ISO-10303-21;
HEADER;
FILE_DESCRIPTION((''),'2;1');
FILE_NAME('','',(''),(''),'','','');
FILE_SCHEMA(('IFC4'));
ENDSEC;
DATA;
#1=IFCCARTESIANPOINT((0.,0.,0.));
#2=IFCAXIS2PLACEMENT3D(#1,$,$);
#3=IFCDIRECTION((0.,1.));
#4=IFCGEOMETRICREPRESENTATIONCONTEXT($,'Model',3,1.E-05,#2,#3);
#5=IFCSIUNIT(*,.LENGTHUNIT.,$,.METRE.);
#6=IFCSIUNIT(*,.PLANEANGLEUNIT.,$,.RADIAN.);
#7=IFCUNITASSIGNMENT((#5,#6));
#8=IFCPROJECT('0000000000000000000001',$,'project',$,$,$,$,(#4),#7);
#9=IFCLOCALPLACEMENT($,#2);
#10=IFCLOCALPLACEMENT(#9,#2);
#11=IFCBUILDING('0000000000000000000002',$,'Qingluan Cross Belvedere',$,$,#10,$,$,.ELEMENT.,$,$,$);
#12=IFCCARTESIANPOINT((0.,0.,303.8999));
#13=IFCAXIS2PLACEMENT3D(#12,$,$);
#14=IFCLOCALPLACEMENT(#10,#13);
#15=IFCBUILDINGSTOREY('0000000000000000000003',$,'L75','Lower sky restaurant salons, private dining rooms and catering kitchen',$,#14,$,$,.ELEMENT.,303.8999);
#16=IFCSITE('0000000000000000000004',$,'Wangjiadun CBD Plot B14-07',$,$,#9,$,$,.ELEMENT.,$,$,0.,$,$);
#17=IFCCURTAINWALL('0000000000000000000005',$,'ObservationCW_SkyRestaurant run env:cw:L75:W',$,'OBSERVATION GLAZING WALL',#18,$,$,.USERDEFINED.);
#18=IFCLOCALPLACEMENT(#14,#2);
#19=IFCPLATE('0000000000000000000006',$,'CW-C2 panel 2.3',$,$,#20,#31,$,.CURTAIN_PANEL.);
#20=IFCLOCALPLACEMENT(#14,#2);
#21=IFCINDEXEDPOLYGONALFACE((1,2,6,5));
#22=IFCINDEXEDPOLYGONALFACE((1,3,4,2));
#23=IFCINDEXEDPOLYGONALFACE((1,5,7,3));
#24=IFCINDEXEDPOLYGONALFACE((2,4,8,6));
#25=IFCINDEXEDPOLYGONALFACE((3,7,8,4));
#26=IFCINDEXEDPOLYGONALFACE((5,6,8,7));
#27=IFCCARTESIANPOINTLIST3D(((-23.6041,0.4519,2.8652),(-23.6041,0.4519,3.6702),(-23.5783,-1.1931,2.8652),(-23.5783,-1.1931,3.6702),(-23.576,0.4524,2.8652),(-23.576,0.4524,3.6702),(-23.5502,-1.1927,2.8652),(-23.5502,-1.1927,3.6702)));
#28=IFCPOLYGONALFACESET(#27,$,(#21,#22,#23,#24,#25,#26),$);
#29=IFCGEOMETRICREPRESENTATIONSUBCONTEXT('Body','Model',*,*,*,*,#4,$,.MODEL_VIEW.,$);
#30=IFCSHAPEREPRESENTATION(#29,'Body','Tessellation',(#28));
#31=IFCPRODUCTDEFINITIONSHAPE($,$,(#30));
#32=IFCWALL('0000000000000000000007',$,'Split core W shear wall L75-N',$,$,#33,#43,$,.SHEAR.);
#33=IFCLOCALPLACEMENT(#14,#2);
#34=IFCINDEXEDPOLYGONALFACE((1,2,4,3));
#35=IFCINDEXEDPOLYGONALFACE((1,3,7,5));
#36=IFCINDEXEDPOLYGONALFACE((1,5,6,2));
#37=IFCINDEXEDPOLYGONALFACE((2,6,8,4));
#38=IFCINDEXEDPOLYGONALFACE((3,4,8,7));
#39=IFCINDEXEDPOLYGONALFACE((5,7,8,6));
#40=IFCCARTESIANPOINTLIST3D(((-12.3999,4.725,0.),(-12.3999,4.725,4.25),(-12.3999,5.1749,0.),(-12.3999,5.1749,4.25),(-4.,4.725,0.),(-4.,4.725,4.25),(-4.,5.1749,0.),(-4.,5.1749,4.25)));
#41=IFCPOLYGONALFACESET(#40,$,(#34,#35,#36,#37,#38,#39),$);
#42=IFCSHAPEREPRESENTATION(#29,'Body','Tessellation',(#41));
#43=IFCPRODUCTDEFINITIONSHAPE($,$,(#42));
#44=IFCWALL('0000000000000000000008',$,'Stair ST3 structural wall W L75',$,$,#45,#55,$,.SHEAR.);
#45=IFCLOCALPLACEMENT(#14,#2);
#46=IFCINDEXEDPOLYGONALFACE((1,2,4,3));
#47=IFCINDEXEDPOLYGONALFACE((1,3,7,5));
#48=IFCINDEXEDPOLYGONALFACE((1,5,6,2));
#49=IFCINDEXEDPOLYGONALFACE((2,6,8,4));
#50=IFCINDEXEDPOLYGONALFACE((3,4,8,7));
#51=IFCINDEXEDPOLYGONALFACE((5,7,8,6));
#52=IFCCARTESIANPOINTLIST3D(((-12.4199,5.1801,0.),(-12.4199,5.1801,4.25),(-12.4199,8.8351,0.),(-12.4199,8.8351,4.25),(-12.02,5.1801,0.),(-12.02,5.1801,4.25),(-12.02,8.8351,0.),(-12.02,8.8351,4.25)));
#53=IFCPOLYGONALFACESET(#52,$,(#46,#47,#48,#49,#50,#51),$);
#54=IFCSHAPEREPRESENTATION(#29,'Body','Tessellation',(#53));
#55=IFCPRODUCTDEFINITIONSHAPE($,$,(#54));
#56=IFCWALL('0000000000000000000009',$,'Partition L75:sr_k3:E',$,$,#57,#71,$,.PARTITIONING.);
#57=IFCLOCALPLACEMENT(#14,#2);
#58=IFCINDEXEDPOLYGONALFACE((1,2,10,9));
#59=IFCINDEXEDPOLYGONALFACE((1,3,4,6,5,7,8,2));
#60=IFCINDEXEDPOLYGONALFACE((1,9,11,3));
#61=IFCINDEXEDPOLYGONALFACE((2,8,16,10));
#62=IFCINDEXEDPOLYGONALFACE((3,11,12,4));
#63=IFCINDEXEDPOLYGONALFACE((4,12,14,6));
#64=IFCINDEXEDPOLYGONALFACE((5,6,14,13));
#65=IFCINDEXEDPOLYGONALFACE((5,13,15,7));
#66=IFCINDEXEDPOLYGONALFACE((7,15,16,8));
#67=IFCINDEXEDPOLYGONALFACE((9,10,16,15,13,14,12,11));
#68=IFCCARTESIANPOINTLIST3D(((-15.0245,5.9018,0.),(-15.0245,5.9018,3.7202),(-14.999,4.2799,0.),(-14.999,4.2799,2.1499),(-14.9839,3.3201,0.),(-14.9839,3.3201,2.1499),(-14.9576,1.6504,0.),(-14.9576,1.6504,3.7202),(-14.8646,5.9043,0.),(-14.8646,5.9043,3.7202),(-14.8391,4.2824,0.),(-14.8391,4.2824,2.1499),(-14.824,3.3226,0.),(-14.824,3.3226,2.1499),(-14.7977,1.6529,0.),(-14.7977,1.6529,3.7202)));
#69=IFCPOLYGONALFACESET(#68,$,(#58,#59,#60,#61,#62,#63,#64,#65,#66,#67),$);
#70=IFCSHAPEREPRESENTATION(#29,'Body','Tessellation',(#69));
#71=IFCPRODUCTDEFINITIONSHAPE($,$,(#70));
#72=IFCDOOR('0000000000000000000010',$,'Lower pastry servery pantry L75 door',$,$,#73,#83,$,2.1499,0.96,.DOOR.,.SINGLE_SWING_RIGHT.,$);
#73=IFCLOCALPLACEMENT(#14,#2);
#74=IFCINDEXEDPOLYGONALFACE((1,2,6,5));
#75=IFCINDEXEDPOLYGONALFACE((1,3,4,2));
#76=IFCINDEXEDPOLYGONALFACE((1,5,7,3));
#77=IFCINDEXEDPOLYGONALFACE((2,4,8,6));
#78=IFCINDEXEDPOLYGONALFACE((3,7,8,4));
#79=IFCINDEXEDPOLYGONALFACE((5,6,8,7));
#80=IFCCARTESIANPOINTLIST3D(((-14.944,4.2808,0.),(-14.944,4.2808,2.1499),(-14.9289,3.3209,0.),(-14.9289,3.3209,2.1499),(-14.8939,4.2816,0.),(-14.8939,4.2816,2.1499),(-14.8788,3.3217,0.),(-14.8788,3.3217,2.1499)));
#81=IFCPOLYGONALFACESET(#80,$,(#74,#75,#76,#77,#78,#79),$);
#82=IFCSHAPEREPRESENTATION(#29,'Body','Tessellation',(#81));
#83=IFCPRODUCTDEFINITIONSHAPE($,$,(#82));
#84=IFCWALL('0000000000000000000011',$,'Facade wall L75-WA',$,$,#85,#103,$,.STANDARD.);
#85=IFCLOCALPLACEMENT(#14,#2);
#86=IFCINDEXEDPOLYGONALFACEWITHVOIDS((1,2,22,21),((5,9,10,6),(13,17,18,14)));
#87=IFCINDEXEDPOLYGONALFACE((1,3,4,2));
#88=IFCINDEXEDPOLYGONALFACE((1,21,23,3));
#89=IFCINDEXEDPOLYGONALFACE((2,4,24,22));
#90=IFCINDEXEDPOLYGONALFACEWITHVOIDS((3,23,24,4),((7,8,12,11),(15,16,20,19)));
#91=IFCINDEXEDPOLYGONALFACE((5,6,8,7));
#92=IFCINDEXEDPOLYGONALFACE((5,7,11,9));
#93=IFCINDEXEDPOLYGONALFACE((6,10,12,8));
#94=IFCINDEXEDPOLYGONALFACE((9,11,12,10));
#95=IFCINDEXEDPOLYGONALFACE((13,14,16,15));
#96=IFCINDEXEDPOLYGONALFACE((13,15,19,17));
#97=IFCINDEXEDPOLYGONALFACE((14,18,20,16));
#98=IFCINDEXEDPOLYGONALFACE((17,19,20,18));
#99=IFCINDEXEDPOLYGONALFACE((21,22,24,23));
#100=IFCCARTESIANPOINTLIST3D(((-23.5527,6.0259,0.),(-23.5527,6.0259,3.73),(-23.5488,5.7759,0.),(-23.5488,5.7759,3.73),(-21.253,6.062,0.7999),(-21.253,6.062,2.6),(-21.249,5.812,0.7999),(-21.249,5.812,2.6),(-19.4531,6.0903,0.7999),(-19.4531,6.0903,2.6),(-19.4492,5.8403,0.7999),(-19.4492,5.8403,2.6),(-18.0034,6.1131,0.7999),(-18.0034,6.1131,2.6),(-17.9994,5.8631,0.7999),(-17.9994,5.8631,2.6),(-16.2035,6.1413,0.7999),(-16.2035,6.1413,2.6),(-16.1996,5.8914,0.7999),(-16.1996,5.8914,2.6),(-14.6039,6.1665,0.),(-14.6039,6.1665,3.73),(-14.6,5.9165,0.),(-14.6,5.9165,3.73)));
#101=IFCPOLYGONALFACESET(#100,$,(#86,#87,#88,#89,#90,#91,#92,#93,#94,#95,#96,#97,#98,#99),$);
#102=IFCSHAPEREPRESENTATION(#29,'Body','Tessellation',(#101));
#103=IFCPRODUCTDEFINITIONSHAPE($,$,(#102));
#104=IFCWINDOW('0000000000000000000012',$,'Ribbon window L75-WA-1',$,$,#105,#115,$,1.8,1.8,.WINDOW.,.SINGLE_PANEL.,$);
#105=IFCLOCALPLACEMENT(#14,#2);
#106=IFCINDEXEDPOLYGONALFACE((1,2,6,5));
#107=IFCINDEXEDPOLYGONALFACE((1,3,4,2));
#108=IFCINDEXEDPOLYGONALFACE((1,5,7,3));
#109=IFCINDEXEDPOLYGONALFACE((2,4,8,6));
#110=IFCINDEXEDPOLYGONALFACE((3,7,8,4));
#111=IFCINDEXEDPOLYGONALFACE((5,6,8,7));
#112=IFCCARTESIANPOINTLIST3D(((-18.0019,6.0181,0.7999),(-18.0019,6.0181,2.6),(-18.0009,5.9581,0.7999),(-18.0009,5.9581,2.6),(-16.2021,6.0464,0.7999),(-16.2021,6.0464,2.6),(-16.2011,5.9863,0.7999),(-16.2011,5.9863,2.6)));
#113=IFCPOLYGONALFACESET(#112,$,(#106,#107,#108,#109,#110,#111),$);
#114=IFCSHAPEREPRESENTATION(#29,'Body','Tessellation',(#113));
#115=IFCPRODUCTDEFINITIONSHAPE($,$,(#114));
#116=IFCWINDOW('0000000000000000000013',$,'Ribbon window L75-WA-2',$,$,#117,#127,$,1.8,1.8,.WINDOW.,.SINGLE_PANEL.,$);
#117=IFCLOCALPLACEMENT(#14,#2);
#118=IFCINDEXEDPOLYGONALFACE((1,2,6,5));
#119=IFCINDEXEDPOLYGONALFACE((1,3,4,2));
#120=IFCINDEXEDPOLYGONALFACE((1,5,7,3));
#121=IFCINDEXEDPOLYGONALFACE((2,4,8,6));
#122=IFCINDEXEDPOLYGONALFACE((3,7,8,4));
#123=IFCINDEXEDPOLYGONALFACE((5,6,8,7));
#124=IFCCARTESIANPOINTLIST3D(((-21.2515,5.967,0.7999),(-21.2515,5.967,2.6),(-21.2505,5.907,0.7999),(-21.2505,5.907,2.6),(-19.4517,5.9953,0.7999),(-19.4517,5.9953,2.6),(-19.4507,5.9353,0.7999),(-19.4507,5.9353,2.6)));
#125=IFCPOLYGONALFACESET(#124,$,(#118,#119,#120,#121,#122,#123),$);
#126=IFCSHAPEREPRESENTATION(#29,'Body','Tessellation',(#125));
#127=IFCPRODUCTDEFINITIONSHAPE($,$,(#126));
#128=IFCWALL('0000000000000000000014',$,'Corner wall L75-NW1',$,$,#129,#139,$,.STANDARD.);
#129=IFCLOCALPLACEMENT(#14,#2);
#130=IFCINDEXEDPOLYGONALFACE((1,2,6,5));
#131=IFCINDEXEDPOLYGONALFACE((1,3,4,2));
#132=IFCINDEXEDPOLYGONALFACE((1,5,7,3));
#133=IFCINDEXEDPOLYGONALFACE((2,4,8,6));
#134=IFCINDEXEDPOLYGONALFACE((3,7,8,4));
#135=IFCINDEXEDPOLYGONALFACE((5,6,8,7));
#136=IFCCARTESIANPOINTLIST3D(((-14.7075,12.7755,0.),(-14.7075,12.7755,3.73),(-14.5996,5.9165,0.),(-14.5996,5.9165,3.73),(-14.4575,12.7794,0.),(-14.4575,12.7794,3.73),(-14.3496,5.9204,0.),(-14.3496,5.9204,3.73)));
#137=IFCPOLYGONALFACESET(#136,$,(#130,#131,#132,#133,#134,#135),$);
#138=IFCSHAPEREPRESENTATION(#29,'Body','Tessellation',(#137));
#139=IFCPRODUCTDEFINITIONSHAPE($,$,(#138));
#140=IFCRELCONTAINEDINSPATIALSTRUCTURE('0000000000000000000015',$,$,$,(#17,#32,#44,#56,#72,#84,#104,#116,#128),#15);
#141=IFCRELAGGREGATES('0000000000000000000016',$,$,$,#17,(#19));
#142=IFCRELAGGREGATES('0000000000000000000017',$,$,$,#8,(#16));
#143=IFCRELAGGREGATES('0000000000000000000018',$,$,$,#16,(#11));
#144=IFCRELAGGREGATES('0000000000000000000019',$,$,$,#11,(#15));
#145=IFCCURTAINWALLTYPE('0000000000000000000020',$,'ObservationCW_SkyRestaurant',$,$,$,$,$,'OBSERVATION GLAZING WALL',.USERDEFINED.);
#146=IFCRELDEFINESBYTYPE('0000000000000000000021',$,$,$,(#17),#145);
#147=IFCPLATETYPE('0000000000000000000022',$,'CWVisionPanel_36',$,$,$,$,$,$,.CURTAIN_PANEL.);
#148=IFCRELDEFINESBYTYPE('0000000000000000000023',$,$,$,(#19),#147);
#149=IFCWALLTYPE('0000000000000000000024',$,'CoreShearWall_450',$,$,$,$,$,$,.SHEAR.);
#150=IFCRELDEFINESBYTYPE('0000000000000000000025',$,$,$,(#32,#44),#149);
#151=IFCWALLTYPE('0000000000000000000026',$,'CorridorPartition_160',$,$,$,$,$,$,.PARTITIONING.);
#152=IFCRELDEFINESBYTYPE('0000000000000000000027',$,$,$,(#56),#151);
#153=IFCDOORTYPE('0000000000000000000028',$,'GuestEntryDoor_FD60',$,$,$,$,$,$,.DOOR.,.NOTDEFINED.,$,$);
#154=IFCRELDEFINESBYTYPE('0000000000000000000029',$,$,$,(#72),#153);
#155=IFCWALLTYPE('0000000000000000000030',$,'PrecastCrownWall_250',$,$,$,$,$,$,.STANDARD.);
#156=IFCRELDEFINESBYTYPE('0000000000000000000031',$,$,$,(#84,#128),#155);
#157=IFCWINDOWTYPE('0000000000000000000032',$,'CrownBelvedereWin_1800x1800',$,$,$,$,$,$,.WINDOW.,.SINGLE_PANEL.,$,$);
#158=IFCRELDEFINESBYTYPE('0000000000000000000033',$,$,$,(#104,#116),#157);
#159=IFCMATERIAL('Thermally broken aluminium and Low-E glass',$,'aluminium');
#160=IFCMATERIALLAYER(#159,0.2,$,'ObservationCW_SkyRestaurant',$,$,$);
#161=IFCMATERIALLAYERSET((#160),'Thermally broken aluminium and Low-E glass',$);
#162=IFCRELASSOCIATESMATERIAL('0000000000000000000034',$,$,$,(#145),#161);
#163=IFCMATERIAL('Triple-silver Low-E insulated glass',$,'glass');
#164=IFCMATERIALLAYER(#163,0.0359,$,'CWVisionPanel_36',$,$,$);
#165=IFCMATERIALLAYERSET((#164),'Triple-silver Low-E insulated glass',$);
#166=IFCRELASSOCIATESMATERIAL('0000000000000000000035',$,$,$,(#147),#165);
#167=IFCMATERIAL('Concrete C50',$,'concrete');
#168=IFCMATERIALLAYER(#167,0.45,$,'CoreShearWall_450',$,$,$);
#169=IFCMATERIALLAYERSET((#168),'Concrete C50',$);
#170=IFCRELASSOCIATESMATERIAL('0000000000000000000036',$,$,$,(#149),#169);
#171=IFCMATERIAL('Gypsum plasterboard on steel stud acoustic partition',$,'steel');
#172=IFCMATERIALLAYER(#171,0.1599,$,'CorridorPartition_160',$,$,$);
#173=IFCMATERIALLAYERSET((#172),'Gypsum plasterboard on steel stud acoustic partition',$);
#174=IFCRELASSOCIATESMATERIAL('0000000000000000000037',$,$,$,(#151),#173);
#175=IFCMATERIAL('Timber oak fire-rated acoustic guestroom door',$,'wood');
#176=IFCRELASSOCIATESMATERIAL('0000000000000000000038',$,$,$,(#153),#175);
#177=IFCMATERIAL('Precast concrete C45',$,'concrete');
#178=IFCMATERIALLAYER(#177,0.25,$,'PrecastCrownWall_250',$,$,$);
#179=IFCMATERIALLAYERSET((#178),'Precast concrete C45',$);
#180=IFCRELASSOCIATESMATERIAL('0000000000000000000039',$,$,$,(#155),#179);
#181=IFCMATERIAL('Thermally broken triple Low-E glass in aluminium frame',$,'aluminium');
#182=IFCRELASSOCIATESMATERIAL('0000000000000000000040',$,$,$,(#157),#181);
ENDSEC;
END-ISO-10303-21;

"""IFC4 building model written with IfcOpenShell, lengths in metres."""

from ifc_helpers import new_model, si_unit, direction, frame, frame_2d, origin, origin_2d, place, context, subcontext, project, spatial, rectangle, extrude, material, layer, layer_set, type_object, element, fill, aggregate, save


model = new_model("IFC4")

# Units and contexts
model_context = context("Model", 3, precision=1e-05, world=origin(), true_north=direction((0.0, 1.0)))
body_context = subcontext(model_context, "Body", "Model", "MODEL_VIEW")
ifc_project = project(units=[si_unit("LENGTHUNIT", "METRE"), si_unit("PLANEANGLEUNIT", "RADIAN")], contexts=[model_context])

# Site, building, storey
site_placement = place(None, origin())
site = spatial("IfcSite", under=ifc_project, at=site_placement, Name="Wangjiadun CBD Plot B14-07", CompositionType="ELEMENT", RefElevation=0.0)
building_placement = place(site_placement, origin())
building = spatial("IfcBuilding", under=site, at=building_placement, Name="Qingluan Cross Belvedere", CompositionType="ELEMENT")
storey_placement = place(building_placement, frame((0.0, 0.0, 303.8999)))
storey = spatial("IfcBuildingStorey", under=building, at=storey_placement, Name="L75", Description="Lower sky restaurant salons, private dining rooms and catering kitchen", CompositionType="ELEMENT", Elevation=303.8999)

# Curtain wall, plate
ifc_material_1 = material(Name="Thermally broken aluminium and Low-E glass", Category="aluminium")
ifc_layer_1 = layer(ifc_material_1, 0.2, Name="ObservationCW_SkyRestaurant")
ifc_layer_set_1 = layer_set([ifc_layer_1], Name="Thermally broken aluminium and Low-E glass")
curtain_wall_type = type_object("IfcCurtainWallType", Name="ObservationCW_SkyRestaurant", ElementType="OBSERVATION GLAZING WALL", PredefinedType="USERDEFINED", material=ifc_layer_set_1)
curtain_wall_placement = place(storey_placement, origin())
curtain_wall = element("IfcCurtainWall", 1, at=curtain_wall_placement, inside=storey, type_object=curtain_wall_type, Name="ObservationCW_SkyRestaurant run env:cw:L75:W", ObjectType="OBSERVATION GLAZING WALL", PredefinedType="USERDEFINED")
ifc_material_2 = material(Name="Triple-silver Low-E insulated glass", Category="glass")
ifc_layer_2 = layer(ifc_material_2, 0.0359, Name="CWVisionPanel_36")
ifc_layer_set_2 = layer_set([ifc_layer_2], Name="Triple-silver Low-E insulated glass")
plate_type = type_object("IfcPlateType", Name="CWVisionPanel_36", PredefinedType="CURTAIN_PANEL", material=ifc_layer_set_2)
plate_1_placement = place(storey_placement, frame((-23.5771, -0.3704, 2.8652), z_axis=(0.0, 0.0, 1.0), x_axis=(0.015696, -0.999877, 0.0)))
plate_1 = element("IfcPlate", 2, at=plate_1_placement, type_object=plate_type, Name="CW-C2 panel 2.3", PredefinedType="CURTAIN_PANEL", context=body_context, shape_type="SweptSolid", body=[
    extrude(rectangle(XDim=1.6453, YDim=0.0281, at=origin_2d()), origin(), (0.0, 0.0, 1.0), 0.8049),
])
aggregate(curtain_wall, [plate_1])

# Walls
ifc_material_3 = material(Name="Concrete C50", Category="concrete")
ifc_layer_3 = layer(ifc_material_3, 0.45, Name="CoreShearWall_450")
ifc_layer_set_3 = layer_set([ifc_layer_3], Name="Concrete C50")
wall_type_1 = type_object("IfcWallType", Name="CoreShearWall_450", PredefinedType="SHEAR", material=ifc_layer_set_3)
wall_1_placement = place(storey_placement, frame((-12.3999, 4.95, 0.0), z_axis=(0.0, 0.0, 1.0), x_axis=(1.0, 0.0, 0.0)))
element("IfcWall", 3, at=wall_1_placement, inside=storey, type_object=wall_type_1, Name="Split core W shear wall L75-N", PredefinedType="SHEAR", context=body_context, shape_type="SweptSolid", body=[
    extrude(rectangle(XDim=8.3999, YDim=0.45, at=frame_2d((4.2, 0.0))), origin(), (0.0, 0.0, 1.0), 4.25),
])
wall_2_placement = place(storey_placement, frame((-12.22, 5.1799, 0.0), z_axis=(0.0, 0.0, 1.0), x_axis=(0.0, 1.0, 0.0)))
element("IfcWall", 4, at=wall_2_placement, inside=storey, type_object=wall_type_1, Name="Stair ST3 structural wall W L75", PredefinedType="SHEAR", context=body_context, shape_type="SweptSolid", body=[
    extrude(rectangle(XDim=3.655, YDim=0.3999, at=frame_2d((1.8276, 0.0))), origin(), (0.0, 0.0, 1.0), 4.25),
])

# Wall, opening, door
ifc_material_4 = material(Name="Gypsum plasterboard on steel stud acoustic partition", Category="steel")
ifc_layer_4 = layer(ifc_material_4, 0.1599, Name="CorridorPartition_160")
ifc_layer_set_4 = layer_set([ifc_layer_4], Name="Gypsum plasterboard on steel stud acoustic partition")
wall_type_2 = type_object("IfcWallType", Name="CorridorPartition_160", PredefinedType="PARTITIONING", material=ifc_layer_set_4)
wall_3_placement = place(storey_placement, frame((-14.8777, 1.6516, 0.0), z_axis=(0.0, 0.0, 1.0), x_axis=(-0.015733, 0.999876, 0.0)))
wall_3 = element("IfcWall", 5, at=wall_3_placement, inside=storey, type_object=wall_type_2, Name="Partition L75:sr_k3:E", PredefinedType="PARTITIONING", context=body_context, shape_type="SweptSolid", body=[
    extrude(rectangle(XDim=4.252, YDim=0.1599, at=frame_2d((2.126, 0.0))), origin(), (0.0, 0.0, 1.0), 3.7202),
])
opening_1_placement = place(wall_3_placement, frame((1.6699, 0.0, 0.0)))
opening_1 = element("IfcOpeningElement", 6, at=opening_1_placement, cuts=wall_3, PredefinedType="OPENING", context=body_context, shape_type="SweptSolid", body=[
    extrude(rectangle(XDim=0.96, YDim=2.1499, at=frame_2d((0.48, 1.075))), frame((0.0, 0.0898, 0.0), z_axis=(0.0, -1.0, 0.0), x_axis=(1.0, 0.0, 0.0)), (0.0, 0.0, 1.0), 0.1799),
])
ifc_material_5 = material(Name="Timber oak fire-rated acoustic guestroom door", Category="wood")
door_type_1 = type_object("IfcDoorType", Name="GuestEntryDoor_FD60", OperationType="NOTDEFINED", PredefinedType="DOOR", material=ifc_material_5)
door_1_placement = place(opening_1_placement, origin())
door_1 = element("IfcDoor", 7, at=door_1_placement, inside=storey, type_object=door_type_1, Name="Lower pastry servery pantry L75 door", OperationType="SINGLE_SWING_RIGHT", OverallHeight=2.1499, OverallWidth=0.96, PredefinedType="DOOR", context=body_context, shape_type="SweptSolid", body=[
    extrude(rectangle(XDim=0.96, YDim=2.1499, at=frame_2d((0.48, 1.075))), frame((0.0, 0.0249, 0.0), z_axis=(0.0, -1.0, 0.0), x_axis=(1.0, 0.0, 0.0)), (0.0, 0.0, 1.0), 0.05),
])
fill(opening_1, door_1)

# Wall, openings, windows
ifc_material_6 = material(Name="Precast concrete C45", Category="concrete")
ifc_layer_5 = layer(ifc_material_6, 0.25, Name="PrecastCrownWall_250")
ifc_layer_set_5 = layer_set([ifc_layer_5], Name="Precast concrete C45")
wall_type_3 = type_object("IfcWallType", Name="PrecastCrownWall_250", PredefinedType="STANDARD", material=ifc_layer_set_5)
wall_4_placement = place(storey_placement, frame((-14.6018, 6.0415, 0.0), z_axis=(0.0, 0.0, 1.0), x_axis=(-0.999877, -0.015713, 0.0)))
wall_4 = element("IfcWall", 8, at=wall_4_placement, inside=storey, type_object=wall_type_3, Name="Facade wall L75-WA", PredefinedType="STANDARD", context=body_context, shape_type="SweptSolid", body=[
    extrude(rectangle(XDim=8.95, YDim=0.25, at=frame_2d((4.4751, 0.0))), origin(), (0.0, 0.0, 1.0), 3.73),
])
opening_2_placement = place(wall_4_placement, frame((1.6001, 0.0, 0.8)))
opening_2 = element("IfcOpeningElement", 9, at=opening_2_placement, cuts=wall_4, PredefinedType="OPENING", context=body_context, shape_type="SweptSolid", body=[
    extrude(rectangle(XDim=1.8, YDim=1.8, at=frame_2d((0.8999, 0.8999))), frame((0.0, 0.135, 0.0), z_axis=(0.0, -1.0, 0.0), x_axis=(1.0, 0.0, 0.0)), (0.0, 0.0, 1.0), 0.27),
])
opening_3_placement = place(wall_4_placement, frame((4.8501, 0.0, 0.8)))
opening_3 = element("IfcOpeningElement", 10, at=opening_3_placement, cuts=wall_4, PredefinedType="OPENING", context=body_context, shape_type="SweptSolid", body=[
    extrude(rectangle(XDim=1.8, YDim=1.8, at=frame_2d((0.8999, 0.8999))), frame((0.0, 0.135, 0.0), z_axis=(0.0, -1.0, 0.0), x_axis=(1.0, 0.0, 0.0)), (0.0, 0.0, 1.0), 0.27),
])
ifc_material_7 = material(Name="Thermally broken triple Low-E glass in aluminium frame", Category="aluminium")
window_type = type_object("IfcWindowType", Name="CrownBelvedereWin_1800x1800", PartitioningType="SINGLE_PANEL", PredefinedType="WINDOW", material=ifc_material_7)
window_1_placement = place(opening_2_placement, origin())
window_1 = element("IfcWindow", 11, at=window_1_placement, inside=storey, type_object=window_type, Name="Ribbon window L75-WA-1", OverallHeight=1.8, OverallWidth=1.8, PartitioningType="SINGLE_PANEL", PredefinedType="WINDOW", context=body_context, shape_type="SweptSolid", body=[
    extrude(rectangle(XDim=1.8, YDim=1.8, at=frame_2d((0.8999, 0.8999))), frame((0.0, 0.03, 0.0), z_axis=(0.0, -1.0, 0.0), x_axis=(1.0, 0.0, 0.0)), (0.0, 0.0, 1.0), 0.0601),
])
fill(opening_2, window_1)
window_2_placement = place(opening_3_placement, origin())
window_2 = element("IfcWindow", 12, at=window_2_placement, inside=storey, type_object=window_type, Name="Ribbon window L75-WA-2", OverallHeight=1.8, OverallWidth=1.8, PartitioningType="SINGLE_PANEL", PredefinedType="WINDOW", context=body_context, shape_type="SweptSolid", body=[
    extrude(rectangle(XDim=1.8, YDim=1.8, at=frame_2d((0.8999, 0.8999))), frame((0.0, 0.03, 0.0), z_axis=(0.0, -1.0, 0.0), x_axis=(1.0, 0.0, 0.0)), (0.0, 0.0, 1.0), 0.0601),
])
fill(opening_3, window_2)

# Wall
wall_5_placement = place(storey_placement, frame((-14.4746, 5.9185, 0.0), z_axis=(0.0, 0.0, 1.0), x_axis=(-0.01573, 0.999876, 0.0)))
element("IfcWall", 13, at=wall_5_placement, inside=storey, type_object=wall_type_3, Name="Corner wall L75-NW1", PredefinedType="STANDARD", context=body_context, shape_type="SweptSolid", body=[
    extrude(rectangle(XDim=6.8599, YDim=0.25, at=frame_2d((3.4299, 0.0))), origin(), (0.0, 0.0, 1.0), 3.73),
])

save(model, "model.ifc")
